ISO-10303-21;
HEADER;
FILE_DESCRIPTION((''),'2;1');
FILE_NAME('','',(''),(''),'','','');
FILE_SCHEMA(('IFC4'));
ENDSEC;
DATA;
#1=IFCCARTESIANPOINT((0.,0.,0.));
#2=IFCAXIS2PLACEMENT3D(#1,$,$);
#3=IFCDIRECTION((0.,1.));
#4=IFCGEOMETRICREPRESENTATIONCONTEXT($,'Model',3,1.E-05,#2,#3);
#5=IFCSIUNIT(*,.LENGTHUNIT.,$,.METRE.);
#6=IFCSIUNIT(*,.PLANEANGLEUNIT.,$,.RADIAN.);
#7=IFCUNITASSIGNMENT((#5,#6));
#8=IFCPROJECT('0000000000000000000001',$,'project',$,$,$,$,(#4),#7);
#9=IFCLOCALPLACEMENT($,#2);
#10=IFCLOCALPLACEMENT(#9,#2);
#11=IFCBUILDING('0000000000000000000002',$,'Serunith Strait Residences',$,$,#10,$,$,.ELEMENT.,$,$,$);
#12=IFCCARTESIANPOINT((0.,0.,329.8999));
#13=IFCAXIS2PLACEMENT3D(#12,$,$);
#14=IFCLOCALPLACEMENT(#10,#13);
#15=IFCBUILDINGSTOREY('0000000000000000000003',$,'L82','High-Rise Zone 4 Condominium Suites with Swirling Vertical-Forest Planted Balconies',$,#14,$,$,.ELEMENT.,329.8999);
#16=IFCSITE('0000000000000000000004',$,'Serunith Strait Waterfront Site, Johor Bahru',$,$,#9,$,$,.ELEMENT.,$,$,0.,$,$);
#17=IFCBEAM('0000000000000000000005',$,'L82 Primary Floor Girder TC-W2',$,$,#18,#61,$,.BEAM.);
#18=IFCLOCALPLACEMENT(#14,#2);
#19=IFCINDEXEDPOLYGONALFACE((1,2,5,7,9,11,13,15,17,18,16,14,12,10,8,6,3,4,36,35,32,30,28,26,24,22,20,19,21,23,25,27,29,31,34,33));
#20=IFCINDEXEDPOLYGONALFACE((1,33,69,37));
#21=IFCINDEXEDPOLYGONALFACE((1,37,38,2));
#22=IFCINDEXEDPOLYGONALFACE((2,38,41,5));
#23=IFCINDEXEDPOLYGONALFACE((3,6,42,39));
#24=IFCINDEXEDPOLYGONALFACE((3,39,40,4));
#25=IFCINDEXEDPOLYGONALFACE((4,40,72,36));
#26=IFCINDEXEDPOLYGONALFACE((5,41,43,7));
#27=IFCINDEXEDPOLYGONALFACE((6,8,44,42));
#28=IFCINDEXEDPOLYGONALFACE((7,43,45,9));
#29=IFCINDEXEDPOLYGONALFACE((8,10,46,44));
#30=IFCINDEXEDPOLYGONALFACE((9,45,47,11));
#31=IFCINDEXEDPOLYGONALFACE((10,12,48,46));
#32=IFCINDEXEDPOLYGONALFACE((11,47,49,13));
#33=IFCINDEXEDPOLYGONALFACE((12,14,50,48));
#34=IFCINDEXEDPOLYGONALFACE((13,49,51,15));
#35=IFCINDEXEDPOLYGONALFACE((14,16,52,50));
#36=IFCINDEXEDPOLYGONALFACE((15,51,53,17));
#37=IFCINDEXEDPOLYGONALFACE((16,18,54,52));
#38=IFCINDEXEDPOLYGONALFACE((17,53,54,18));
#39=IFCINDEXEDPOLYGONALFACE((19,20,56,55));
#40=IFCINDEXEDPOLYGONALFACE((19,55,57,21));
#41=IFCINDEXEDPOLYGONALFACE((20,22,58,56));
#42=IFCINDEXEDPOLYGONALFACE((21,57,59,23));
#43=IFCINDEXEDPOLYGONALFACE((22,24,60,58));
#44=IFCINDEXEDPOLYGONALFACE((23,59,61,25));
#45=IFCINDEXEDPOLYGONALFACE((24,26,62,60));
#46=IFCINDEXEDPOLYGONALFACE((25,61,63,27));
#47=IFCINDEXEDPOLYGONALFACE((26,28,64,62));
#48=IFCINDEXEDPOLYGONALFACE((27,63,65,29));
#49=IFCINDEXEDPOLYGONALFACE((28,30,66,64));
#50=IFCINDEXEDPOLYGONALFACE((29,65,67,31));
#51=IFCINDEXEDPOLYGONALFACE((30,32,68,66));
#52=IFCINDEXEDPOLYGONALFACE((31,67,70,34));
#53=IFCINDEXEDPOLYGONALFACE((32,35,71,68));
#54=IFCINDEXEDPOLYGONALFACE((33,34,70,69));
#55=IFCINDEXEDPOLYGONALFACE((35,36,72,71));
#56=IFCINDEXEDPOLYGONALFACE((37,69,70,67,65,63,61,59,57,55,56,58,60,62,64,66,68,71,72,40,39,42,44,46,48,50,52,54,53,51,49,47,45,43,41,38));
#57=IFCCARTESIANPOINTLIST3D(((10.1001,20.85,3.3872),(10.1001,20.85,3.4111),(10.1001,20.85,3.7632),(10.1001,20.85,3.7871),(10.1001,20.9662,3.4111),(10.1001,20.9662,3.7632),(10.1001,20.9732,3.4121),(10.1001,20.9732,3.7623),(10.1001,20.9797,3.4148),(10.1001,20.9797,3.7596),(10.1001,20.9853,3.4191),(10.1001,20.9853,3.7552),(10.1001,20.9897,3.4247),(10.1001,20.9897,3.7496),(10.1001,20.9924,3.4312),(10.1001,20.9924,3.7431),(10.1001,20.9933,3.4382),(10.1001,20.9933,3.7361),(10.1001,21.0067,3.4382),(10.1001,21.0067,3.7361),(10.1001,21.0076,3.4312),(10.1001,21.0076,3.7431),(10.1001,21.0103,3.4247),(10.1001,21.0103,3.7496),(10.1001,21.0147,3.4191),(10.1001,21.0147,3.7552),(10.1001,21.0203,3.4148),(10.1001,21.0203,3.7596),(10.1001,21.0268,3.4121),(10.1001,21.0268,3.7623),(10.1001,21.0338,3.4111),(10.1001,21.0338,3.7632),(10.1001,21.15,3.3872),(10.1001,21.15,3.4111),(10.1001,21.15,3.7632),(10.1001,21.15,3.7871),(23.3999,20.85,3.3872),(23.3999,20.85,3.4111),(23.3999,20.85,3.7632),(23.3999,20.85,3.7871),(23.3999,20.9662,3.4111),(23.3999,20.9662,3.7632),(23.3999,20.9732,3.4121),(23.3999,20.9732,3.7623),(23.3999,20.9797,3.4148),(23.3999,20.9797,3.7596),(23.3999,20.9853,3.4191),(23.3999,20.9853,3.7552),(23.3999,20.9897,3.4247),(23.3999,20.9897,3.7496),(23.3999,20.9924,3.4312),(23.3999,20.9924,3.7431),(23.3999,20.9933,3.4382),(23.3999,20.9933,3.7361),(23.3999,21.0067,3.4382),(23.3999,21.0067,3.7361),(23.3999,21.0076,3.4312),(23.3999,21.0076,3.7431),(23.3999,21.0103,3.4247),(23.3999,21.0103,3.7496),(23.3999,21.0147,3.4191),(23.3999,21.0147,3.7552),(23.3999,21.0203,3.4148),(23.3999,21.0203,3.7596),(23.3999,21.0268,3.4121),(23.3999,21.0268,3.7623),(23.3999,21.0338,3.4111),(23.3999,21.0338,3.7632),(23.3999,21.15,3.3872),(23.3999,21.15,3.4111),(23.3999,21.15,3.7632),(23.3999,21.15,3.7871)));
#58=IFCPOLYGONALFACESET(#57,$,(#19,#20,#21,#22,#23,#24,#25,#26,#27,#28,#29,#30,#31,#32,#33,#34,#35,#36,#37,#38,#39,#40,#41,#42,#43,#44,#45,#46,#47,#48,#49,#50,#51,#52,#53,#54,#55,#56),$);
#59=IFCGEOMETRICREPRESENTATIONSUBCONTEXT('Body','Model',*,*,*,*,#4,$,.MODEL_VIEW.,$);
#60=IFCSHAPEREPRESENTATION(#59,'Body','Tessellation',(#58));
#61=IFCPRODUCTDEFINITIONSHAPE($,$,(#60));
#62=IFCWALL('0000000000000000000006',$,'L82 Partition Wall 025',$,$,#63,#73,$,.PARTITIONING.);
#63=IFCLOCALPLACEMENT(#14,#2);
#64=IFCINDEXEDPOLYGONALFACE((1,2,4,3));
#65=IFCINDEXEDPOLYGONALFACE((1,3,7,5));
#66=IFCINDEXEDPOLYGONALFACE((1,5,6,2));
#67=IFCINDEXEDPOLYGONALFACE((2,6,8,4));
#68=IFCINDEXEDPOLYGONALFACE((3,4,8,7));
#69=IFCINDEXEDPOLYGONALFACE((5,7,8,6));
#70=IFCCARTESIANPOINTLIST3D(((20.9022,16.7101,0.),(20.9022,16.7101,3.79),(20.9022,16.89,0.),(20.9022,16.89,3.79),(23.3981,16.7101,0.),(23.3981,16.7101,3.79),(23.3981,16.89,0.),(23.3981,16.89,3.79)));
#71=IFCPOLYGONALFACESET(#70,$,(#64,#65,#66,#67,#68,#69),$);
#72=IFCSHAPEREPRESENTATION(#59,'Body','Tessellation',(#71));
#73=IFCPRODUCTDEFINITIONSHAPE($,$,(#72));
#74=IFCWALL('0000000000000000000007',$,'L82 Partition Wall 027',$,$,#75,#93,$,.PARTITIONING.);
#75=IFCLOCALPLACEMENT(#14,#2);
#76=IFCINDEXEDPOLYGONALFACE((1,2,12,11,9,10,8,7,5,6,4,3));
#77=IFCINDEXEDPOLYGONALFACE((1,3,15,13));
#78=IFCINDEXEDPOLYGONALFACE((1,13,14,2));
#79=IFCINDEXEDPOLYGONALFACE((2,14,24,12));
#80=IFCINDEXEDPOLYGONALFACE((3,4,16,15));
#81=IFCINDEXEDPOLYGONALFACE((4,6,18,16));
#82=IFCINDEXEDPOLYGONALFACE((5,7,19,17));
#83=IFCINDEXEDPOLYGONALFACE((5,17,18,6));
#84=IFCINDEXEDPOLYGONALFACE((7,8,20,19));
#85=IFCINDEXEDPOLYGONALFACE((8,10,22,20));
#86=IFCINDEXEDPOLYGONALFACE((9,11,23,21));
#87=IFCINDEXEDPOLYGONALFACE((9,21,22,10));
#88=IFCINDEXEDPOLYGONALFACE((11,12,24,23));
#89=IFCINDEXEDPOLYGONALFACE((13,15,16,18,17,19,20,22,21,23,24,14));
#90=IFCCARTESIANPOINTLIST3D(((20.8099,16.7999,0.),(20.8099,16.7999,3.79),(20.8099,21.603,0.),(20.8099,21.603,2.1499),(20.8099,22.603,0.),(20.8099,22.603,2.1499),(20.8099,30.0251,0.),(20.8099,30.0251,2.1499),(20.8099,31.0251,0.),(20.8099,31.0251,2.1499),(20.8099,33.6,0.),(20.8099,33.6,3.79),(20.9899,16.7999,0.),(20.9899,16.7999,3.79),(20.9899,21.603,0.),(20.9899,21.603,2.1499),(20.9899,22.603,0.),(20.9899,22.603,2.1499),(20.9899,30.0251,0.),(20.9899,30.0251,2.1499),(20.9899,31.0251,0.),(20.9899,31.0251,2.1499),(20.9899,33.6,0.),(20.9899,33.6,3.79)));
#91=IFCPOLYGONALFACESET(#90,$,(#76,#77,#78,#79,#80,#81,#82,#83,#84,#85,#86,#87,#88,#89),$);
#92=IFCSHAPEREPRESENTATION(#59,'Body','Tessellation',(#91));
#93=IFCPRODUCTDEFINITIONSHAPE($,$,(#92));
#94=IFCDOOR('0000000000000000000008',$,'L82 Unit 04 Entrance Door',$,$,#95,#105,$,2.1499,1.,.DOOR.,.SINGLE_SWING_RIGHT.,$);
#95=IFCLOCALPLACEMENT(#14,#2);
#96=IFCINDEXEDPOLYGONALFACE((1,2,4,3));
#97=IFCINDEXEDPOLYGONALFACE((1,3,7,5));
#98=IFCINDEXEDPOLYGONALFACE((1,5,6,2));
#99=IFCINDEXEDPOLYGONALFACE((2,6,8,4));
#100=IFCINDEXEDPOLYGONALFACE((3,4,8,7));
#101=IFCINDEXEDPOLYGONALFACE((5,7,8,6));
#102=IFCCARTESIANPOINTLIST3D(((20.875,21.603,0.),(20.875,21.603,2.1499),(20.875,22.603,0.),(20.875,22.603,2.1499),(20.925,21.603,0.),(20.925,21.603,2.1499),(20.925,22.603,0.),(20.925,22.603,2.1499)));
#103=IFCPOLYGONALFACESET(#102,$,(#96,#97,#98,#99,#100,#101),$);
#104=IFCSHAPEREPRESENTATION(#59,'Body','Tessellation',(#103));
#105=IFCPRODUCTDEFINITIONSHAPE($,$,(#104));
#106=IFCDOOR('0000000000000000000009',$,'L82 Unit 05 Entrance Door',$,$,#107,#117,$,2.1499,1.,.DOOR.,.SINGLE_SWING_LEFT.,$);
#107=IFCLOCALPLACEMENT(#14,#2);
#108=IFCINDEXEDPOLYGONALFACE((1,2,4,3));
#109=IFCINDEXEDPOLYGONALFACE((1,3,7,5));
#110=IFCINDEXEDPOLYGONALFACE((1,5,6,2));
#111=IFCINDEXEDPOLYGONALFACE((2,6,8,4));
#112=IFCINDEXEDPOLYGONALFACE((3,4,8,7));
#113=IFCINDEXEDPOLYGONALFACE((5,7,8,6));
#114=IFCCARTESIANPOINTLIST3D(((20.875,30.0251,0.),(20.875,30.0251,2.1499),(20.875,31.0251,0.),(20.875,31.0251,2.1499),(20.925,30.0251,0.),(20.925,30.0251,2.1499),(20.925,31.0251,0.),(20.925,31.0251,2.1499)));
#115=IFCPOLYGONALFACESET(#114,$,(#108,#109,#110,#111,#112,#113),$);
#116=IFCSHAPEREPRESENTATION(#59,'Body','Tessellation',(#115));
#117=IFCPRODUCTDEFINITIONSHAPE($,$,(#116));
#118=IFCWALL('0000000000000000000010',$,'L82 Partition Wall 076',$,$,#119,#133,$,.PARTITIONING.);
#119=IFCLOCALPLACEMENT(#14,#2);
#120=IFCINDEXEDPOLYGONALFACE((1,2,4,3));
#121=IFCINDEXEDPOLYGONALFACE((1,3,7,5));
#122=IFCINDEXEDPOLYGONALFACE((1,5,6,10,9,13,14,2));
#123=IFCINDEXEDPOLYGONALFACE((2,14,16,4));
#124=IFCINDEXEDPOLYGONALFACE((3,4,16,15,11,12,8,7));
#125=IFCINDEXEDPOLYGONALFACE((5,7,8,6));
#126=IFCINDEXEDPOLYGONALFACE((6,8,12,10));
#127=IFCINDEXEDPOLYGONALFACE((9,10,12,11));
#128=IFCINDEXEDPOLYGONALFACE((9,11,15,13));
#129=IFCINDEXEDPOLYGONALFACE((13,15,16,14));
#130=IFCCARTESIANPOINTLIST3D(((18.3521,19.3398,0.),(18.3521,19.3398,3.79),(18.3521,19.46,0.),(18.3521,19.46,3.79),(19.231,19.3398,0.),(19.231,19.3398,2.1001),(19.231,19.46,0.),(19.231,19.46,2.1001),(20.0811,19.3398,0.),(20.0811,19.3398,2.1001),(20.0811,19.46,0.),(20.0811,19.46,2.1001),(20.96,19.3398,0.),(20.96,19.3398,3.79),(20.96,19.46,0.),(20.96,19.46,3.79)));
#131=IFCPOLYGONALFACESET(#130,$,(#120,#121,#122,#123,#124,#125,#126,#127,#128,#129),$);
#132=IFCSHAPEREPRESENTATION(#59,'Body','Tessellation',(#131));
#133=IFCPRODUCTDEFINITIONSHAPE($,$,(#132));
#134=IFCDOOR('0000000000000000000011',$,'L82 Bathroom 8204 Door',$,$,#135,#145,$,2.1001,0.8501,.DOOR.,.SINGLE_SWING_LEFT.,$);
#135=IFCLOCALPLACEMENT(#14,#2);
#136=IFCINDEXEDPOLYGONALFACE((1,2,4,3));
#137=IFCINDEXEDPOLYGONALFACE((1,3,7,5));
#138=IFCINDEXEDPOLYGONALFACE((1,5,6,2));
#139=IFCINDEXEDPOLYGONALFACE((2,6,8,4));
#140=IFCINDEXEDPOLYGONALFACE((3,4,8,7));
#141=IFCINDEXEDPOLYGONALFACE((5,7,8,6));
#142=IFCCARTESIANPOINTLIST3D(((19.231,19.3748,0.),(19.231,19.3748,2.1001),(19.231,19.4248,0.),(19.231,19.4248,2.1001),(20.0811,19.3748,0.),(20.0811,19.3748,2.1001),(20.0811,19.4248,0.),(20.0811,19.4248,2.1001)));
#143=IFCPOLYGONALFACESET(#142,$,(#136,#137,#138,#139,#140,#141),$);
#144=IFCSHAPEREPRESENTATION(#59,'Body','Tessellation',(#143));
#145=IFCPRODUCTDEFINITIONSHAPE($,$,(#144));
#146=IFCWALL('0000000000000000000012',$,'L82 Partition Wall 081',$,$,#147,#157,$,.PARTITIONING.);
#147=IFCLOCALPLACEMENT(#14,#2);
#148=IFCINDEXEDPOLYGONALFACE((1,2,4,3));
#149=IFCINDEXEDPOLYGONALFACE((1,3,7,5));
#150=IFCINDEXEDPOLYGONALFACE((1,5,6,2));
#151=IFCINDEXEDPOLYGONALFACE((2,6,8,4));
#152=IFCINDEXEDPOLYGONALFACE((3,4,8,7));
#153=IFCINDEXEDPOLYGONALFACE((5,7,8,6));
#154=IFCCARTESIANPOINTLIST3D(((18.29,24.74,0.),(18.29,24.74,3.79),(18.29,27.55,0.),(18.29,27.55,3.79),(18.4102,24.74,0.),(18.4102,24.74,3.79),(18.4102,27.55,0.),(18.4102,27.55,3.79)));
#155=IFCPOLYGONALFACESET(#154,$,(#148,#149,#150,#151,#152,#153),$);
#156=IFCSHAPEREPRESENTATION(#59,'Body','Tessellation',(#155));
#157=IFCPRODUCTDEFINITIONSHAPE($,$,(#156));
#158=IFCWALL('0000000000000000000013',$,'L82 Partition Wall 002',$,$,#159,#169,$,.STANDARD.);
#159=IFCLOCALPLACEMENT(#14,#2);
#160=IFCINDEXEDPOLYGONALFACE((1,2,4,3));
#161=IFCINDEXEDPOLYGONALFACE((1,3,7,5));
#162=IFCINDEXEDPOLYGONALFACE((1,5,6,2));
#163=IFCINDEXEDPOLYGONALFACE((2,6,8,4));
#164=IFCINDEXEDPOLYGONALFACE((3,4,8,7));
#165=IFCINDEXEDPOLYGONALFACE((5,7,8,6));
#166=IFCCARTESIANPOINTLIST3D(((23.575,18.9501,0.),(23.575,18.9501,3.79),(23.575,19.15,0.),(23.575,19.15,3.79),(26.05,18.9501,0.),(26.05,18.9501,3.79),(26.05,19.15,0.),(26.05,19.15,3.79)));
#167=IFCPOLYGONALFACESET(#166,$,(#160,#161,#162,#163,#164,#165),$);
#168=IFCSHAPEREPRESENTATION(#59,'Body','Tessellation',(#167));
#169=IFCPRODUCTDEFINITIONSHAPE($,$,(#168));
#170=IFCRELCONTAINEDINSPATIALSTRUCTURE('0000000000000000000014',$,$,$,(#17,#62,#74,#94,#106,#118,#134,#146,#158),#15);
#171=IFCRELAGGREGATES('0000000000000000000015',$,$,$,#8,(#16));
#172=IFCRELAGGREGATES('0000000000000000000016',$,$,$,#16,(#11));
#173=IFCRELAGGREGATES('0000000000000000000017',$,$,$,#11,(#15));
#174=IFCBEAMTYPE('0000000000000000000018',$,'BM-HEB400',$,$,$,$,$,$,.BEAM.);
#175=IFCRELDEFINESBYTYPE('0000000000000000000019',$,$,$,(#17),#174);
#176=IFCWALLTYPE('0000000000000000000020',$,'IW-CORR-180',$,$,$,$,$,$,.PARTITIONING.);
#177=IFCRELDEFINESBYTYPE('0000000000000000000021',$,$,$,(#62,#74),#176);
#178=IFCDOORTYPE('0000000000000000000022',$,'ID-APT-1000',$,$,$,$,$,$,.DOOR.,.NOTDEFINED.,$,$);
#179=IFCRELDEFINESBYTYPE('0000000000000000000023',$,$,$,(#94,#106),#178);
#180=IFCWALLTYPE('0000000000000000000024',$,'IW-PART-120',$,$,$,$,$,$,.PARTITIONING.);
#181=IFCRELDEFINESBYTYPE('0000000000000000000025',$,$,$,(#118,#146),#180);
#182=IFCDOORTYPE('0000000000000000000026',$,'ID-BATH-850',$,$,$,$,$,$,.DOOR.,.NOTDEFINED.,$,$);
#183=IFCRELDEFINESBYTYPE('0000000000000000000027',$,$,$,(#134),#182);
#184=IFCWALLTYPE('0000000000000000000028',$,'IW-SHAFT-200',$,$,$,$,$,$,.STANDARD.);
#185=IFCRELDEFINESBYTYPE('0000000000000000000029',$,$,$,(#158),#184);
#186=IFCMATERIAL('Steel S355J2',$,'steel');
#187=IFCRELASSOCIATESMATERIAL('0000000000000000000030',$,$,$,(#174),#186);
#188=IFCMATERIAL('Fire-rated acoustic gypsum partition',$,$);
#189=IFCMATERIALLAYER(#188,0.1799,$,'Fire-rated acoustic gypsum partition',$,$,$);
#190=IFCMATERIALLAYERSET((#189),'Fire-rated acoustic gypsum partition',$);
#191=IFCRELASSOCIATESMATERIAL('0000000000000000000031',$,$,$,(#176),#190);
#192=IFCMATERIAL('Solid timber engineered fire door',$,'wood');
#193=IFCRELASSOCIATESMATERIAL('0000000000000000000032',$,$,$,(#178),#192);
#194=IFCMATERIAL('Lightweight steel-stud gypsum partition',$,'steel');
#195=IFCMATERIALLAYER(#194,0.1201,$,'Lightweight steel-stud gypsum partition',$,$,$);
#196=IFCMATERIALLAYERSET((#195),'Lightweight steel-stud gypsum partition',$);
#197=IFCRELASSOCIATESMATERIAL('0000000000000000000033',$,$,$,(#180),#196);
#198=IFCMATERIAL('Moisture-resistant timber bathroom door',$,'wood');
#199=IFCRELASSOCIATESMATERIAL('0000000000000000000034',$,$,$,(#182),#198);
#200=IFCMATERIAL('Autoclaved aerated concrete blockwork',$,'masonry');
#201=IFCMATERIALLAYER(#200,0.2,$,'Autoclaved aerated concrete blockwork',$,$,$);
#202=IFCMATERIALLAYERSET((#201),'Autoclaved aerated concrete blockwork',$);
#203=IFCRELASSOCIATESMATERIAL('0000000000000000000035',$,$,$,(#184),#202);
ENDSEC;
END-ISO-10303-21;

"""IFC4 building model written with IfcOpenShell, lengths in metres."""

from ifc_helpers import new_model, si_unit, direction, frame, frame_2d, origin, origin_2d, place, context, subcontext, project, spatial, rectangle, i_section, extrude, source, transform, mapped, material, layer, layer_set, material_profile, profile_set, type_object, element, fill, save


model = new_model("IFC4")

# Units and contexts
model_context = context("Model", 3, precision=1e-05, world=origin(), true_north=direction((0.0, 1.0)))
body_context = subcontext(model_context, "Body", "Model", "MODEL_VIEW")
ifc_project = project(units=[si_unit("LENGTHUNIT", "METRE"), si_unit("PLANEANGLEUNIT", "RADIAN")], contexts=[model_context])

# Site, building, storey
site_placement = place(None, origin())
site = spatial("IfcSite", under=ifc_project, at=site_placement, Name="Serunith Strait Waterfront Site, Johor Bahru", CompositionType="ELEMENT", RefElevation=0.0)
building_placement = place(site_placement, origin())
building = spatial("IfcBuilding", under=site, at=building_placement, Name="Serunith Strait Residences", CompositionType="ELEMENT")
storey_placement = place(building_placement, frame((0.0, 0.0, 329.8999)))
storey = spatial("IfcBuildingStorey", under=building, at=storey_placement, Name="L82", Description="High-Rise Zone 4 Condominium Suites with Swirling Vertical-Forest Planted Balconies", CompositionType="ELEMENT", Elevation=329.8999)

# Beam
ifc_material_1 = material(Name="Steel S355J2", Category="steel")
ifc_material_profile = material_profile(ifc_material_1, i_section(OverallWidth=0.3, OverallDepth=0.3999, WebThickness=0.0134, FlangeThickness=0.0239, FilletRadius=0.0271, at=origin_2d()), Name="HEB 400")
ifc_profile_set = profile_set([ifc_material_profile], Name="Steel S355J2")
beam_type = type_object("IfcBeamType", Name="BM-HEB400", PredefinedType="BEAM", material=ifc_profile_set)
shared_shape_1 = source(origin(), body_context, "Body", "SweptSolid", [
    extrude(i_section(OverallWidth=0.3, OverallDepth=0.3999, WebThickness=0.0134, FlangeThickness=0.0239, FilletRadius=0.0271, at=origin_2d()), origin(), (0.0, 0.0, 1.0), 13.2998),
])
beam_placement = place(storey_placement, frame((23.3999, 21.0, 3.5872), z_axis=(-1.0, 0.0, 0.0), x_axis=(0.0, -1.0, 0.0)))
element("IfcBeam", 1, at=beam_placement, inside=storey, type_object=beam_type, Name="L82 Primary Floor Girder TC-W2", PredefinedType="BEAM", context=body_context, shape_type="MappedRepresentation", body=[
    mapped(shared_shape_1, transform((0.0, 0.0, 0.0), scale=1.0)),
])

# Wall
ifc_material_2 = material(Name="Fire-rated acoustic gypsum partition")
ifc_layer_1 = layer(ifc_material_2, 0.1799, Name="Fire-rated acoustic gypsum partition")
ifc_layer_set_1 = layer_set([ifc_layer_1], Name="Fire-rated acoustic gypsum partition")
wall_type_1 = type_object("IfcWallType", Name="IW-CORR-180", PredefinedType="PARTITIONING", material=ifc_layer_set_1)
wall_1_placement = place(storey_placement, frame((20.9021, 16.8, 0.0), z_axis=(0.0, 0.0, 1.0), x_axis=(1.0, 0.0, 0.0)))
element("IfcWall", 2, at=wall_1_placement, inside=storey, type_object=wall_type_1, Name="L82 Partition Wall 025", PredefinedType="PARTITIONING", context=body_context, shape_type="SweptSolid", body=[
    extrude(rectangle(XDim=2.4958, YDim=0.1799, at=frame_2d((1.248, 0.0))), origin(), (0.0, 0.0, 1.0), 3.79),
])

# Wall, openings, doors
wall_2_placement = place(storey_placement, frame((20.8999, 16.8, 0.0), z_axis=(0.0, 0.0, 1.0), x_axis=(0.0, 1.0, 0.0)))
wall_2 = element("IfcWall", 3, at=wall_2_placement, inside=storey, type_object=wall_type_1, Name="L82 Partition Wall 027", PredefinedType="PARTITIONING", context=body_context, shape_type="SweptSolid", body=[
    extrude(rectangle(XDim=16.8, YDim=0.1799, at=frame_2d((8.3999, 0.0))), origin(), (0.0, 0.0, 1.0), 3.79),
])
opening_1_placement = place(wall_2_placement, frame((4.803, 0.0, 0.0)))
opening_1 = element("IfcOpeningElement", 4, at=opening_1_placement, cuts=wall_2, PredefinedType="OPENING", context=body_context, shape_type="SweptSolid", body=[
    extrude(rectangle(XDim=1.0, YDim=2.1499, at=frame_2d((0.5, 1.075))), frame((0.0, 0.1001, 0.0), z_axis=(0.0, -1.0, 0.0), x_axis=(1.0, 0.0, 0.0)), (0.0, 0.0, 1.0), 0.2),
])
opening_2_placement = place(wall_2_placement, frame((13.2251, 0.0, 0.0)))
opening_2 = element("IfcOpeningElement", 5, at=opening_2_placement, cuts=wall_2, PredefinedType="OPENING", context=body_context, shape_type="SweptSolid", body=[
    extrude(rectangle(XDim=1.0, YDim=2.1499, at=frame_2d((0.5, 1.075))), frame((0.0, 0.1001, 0.0), z_axis=(0.0, -1.0, 0.0), x_axis=(1.0, 0.0, 0.0)), (0.0, 0.0, 1.0), 0.2),
])
ifc_material_3 = material(Name="Solid timber engineered fire door", Category="wood")
door_type_1 = type_object("IfcDoorType", Name="ID-APT-1000", OperationType="NOTDEFINED", PredefinedType="DOOR", material=ifc_material_3)
shared_shape_2 = source(origin(), body_context, "Body", "SweptSolid", [
    extrude(rectangle(XDim=1.0, YDim=2.1499, at=frame_2d((0.5, 1.075))), frame((0.0, 0.0249, 0.0), z_axis=(0.0, -1.0, 0.0), x_axis=(1.0, 0.0, 0.0)), (0.0, 0.0, 1.0), 0.05),
])
door_1_placement = place(opening_1_placement, origin())
door_1 = element("IfcDoor", 6, at=door_1_placement, inside=storey, type_object=door_type_1, Name="L82 Unit 04 Entrance Door", OperationType="SINGLE_SWING_RIGHT", OverallHeight=2.1499, OverallWidth=1.0, PredefinedType="DOOR", context=body_context, shape_type="MappedRepresentation", body=[
    mapped(shared_shape_2, transform((0.0, 0.0, 0.0), scale=1.0)),
])
fill(opening_1, door_1)
door_2_placement = place(opening_2_placement, origin())
door_2 = element("IfcDoor", 7, at=door_2_placement, inside=storey, type_object=door_type_1, Name="L82 Unit 05 Entrance Door", OperationType="SINGLE_SWING_LEFT", OverallHeight=2.1499, OverallWidth=1.0, PredefinedType="DOOR", context=body_context, shape_type="MappedRepresentation", body=[
    mapped(shared_shape_2, transform((0.0, 0.0, 0.0), scale=1.0)),
])
fill(opening_2, door_2)

# Wall, opening, door
ifc_material_4 = material(Name="Lightweight steel-stud gypsum partition", Category="steel")
ifc_layer_2 = layer(ifc_material_4, 0.1201, Name="Lightweight steel-stud gypsum partition")
ifc_layer_set_2 = layer_set([ifc_layer_2], Name="Lightweight steel-stud gypsum partition")
wall_type_2 = type_object("IfcWallType", Name="IW-PART-120", PredefinedType="PARTITIONING", material=ifc_layer_set_2)
wall_3_placement = place(storey_placement, frame((18.3521, 19.3999, 0.0), z_axis=(0.0, 0.0, 1.0), x_axis=(1.0, 0.0, 0.0)))
wall_3 = element("IfcWall", 8, at=wall_3_placement, inside=storey, type_object=wall_type_2, Name="L82 Partition Wall 076", PredefinedType="PARTITIONING", context=body_context, shape_type="SweptSolid", body=[
    extrude(rectangle(XDim=2.6079, YDim=0.1201, at=frame_2d((1.304, 0.0))), origin(), (0.0, 0.0, 1.0), 3.79),
])
opening_3_placement = place(wall_3_placement, frame((0.8789, 0.0, 0.0)))
opening_3 = element("IfcOpeningElement", 9, at=opening_3_placement, cuts=wall_3, PredefinedType="OPENING", context=body_context, shape_type="SweptSolid", body=[
    extrude(rectangle(XDim=0.8501, YDim=2.1001, at=frame_2d((0.425, 1.05))), frame((0.0, 0.0701, 0.0), z_axis=(0.0, -1.0, 0.0), x_axis=(1.0, 0.0, 0.0)), (0.0, 0.0, 1.0), 0.1401),
])
ifc_material_5 = material(Name="Moisture-resistant timber bathroom door", Category="wood")
door_type_2 = type_object("IfcDoorType", Name="ID-BATH-850", OperationType="NOTDEFINED", PredefinedType="DOOR", material=ifc_material_5)
shared_shape_3 = source(origin(), body_context, "Body", "SweptSolid", [
    extrude(rectangle(XDim=0.8501, YDim=2.1001, at=frame_2d((0.425, 1.05))), frame((0.0, 0.0249, 0.0), z_axis=(0.0, -1.0, 0.0), x_axis=(1.0, 0.0, 0.0)), (0.0, 0.0, 1.0), 0.05),
])
door_3_placement = place(opening_3_placement, origin())
door_3 = element("IfcDoor", 10, at=door_3_placement, inside=storey, type_object=door_type_2, Name="L82 Bathroom 8204 Door", OperationType="SINGLE_SWING_LEFT", OverallHeight=2.1001, OverallWidth=0.8501, PredefinedType="DOOR", context=body_context, shape_type="MappedRepresentation", body=[
    mapped(shared_shape_3, transform((0.0, 0.0, 0.0), scale=1.0)),
])
fill(opening_3, door_3)

# Walls
wall_4_placement = place(storey_placement, frame((18.3501, 24.74, 0.0), z_axis=(0.0, 0.0, 1.0), x_axis=(0.0, 1.0, 0.0)))
element("IfcWall", 11, at=wall_4_placement, inside=storey, type_object=wall_type_2, Name="L82 Partition Wall 081", PredefinedType="PARTITIONING", context=body_context, shape_type="SweptSolid", body=[
    extrude(rectangle(XDim=2.8101, YDim=0.1201, at=frame_2d((1.405, 0.0))), origin(), (0.0, 0.0, 1.0), 3.79),
])
ifc_material_6 = material(Name="Autoclaved aerated concrete blockwork", Category="masonry")
ifc_layer_3 = layer(ifc_material_6, 0.2, Name="Autoclaved aerated concrete blockwork")
ifc_layer_set_3 = layer_set([ifc_layer_3], Name="Autoclaved aerated concrete blockwork")
wall_type_3 = type_object("IfcWallType", Name="IW-SHAFT-200", PredefinedType="STANDARD", material=ifc_layer_set_3)
wall_5_placement = place(storey_placement, frame((23.575, 19.05, 0.0), z_axis=(0.0, 0.0, 1.0), x_axis=(1.0, 0.0, 0.0)))
element("IfcWall", 12, at=wall_5_placement, inside=storey, type_object=wall_type_3, Name="L82 Partition Wall 002", PredefinedType="STANDARD", context=body_context, shape_type="SweptSolid", body=[
    extrude(rectangle(XDim=2.4751, YDim=0.2, at=frame_2d((1.2375, 0.0))), origin(), (0.0, 0.0, 1.0), 3.79),
])

save(model, "model.ifc")
